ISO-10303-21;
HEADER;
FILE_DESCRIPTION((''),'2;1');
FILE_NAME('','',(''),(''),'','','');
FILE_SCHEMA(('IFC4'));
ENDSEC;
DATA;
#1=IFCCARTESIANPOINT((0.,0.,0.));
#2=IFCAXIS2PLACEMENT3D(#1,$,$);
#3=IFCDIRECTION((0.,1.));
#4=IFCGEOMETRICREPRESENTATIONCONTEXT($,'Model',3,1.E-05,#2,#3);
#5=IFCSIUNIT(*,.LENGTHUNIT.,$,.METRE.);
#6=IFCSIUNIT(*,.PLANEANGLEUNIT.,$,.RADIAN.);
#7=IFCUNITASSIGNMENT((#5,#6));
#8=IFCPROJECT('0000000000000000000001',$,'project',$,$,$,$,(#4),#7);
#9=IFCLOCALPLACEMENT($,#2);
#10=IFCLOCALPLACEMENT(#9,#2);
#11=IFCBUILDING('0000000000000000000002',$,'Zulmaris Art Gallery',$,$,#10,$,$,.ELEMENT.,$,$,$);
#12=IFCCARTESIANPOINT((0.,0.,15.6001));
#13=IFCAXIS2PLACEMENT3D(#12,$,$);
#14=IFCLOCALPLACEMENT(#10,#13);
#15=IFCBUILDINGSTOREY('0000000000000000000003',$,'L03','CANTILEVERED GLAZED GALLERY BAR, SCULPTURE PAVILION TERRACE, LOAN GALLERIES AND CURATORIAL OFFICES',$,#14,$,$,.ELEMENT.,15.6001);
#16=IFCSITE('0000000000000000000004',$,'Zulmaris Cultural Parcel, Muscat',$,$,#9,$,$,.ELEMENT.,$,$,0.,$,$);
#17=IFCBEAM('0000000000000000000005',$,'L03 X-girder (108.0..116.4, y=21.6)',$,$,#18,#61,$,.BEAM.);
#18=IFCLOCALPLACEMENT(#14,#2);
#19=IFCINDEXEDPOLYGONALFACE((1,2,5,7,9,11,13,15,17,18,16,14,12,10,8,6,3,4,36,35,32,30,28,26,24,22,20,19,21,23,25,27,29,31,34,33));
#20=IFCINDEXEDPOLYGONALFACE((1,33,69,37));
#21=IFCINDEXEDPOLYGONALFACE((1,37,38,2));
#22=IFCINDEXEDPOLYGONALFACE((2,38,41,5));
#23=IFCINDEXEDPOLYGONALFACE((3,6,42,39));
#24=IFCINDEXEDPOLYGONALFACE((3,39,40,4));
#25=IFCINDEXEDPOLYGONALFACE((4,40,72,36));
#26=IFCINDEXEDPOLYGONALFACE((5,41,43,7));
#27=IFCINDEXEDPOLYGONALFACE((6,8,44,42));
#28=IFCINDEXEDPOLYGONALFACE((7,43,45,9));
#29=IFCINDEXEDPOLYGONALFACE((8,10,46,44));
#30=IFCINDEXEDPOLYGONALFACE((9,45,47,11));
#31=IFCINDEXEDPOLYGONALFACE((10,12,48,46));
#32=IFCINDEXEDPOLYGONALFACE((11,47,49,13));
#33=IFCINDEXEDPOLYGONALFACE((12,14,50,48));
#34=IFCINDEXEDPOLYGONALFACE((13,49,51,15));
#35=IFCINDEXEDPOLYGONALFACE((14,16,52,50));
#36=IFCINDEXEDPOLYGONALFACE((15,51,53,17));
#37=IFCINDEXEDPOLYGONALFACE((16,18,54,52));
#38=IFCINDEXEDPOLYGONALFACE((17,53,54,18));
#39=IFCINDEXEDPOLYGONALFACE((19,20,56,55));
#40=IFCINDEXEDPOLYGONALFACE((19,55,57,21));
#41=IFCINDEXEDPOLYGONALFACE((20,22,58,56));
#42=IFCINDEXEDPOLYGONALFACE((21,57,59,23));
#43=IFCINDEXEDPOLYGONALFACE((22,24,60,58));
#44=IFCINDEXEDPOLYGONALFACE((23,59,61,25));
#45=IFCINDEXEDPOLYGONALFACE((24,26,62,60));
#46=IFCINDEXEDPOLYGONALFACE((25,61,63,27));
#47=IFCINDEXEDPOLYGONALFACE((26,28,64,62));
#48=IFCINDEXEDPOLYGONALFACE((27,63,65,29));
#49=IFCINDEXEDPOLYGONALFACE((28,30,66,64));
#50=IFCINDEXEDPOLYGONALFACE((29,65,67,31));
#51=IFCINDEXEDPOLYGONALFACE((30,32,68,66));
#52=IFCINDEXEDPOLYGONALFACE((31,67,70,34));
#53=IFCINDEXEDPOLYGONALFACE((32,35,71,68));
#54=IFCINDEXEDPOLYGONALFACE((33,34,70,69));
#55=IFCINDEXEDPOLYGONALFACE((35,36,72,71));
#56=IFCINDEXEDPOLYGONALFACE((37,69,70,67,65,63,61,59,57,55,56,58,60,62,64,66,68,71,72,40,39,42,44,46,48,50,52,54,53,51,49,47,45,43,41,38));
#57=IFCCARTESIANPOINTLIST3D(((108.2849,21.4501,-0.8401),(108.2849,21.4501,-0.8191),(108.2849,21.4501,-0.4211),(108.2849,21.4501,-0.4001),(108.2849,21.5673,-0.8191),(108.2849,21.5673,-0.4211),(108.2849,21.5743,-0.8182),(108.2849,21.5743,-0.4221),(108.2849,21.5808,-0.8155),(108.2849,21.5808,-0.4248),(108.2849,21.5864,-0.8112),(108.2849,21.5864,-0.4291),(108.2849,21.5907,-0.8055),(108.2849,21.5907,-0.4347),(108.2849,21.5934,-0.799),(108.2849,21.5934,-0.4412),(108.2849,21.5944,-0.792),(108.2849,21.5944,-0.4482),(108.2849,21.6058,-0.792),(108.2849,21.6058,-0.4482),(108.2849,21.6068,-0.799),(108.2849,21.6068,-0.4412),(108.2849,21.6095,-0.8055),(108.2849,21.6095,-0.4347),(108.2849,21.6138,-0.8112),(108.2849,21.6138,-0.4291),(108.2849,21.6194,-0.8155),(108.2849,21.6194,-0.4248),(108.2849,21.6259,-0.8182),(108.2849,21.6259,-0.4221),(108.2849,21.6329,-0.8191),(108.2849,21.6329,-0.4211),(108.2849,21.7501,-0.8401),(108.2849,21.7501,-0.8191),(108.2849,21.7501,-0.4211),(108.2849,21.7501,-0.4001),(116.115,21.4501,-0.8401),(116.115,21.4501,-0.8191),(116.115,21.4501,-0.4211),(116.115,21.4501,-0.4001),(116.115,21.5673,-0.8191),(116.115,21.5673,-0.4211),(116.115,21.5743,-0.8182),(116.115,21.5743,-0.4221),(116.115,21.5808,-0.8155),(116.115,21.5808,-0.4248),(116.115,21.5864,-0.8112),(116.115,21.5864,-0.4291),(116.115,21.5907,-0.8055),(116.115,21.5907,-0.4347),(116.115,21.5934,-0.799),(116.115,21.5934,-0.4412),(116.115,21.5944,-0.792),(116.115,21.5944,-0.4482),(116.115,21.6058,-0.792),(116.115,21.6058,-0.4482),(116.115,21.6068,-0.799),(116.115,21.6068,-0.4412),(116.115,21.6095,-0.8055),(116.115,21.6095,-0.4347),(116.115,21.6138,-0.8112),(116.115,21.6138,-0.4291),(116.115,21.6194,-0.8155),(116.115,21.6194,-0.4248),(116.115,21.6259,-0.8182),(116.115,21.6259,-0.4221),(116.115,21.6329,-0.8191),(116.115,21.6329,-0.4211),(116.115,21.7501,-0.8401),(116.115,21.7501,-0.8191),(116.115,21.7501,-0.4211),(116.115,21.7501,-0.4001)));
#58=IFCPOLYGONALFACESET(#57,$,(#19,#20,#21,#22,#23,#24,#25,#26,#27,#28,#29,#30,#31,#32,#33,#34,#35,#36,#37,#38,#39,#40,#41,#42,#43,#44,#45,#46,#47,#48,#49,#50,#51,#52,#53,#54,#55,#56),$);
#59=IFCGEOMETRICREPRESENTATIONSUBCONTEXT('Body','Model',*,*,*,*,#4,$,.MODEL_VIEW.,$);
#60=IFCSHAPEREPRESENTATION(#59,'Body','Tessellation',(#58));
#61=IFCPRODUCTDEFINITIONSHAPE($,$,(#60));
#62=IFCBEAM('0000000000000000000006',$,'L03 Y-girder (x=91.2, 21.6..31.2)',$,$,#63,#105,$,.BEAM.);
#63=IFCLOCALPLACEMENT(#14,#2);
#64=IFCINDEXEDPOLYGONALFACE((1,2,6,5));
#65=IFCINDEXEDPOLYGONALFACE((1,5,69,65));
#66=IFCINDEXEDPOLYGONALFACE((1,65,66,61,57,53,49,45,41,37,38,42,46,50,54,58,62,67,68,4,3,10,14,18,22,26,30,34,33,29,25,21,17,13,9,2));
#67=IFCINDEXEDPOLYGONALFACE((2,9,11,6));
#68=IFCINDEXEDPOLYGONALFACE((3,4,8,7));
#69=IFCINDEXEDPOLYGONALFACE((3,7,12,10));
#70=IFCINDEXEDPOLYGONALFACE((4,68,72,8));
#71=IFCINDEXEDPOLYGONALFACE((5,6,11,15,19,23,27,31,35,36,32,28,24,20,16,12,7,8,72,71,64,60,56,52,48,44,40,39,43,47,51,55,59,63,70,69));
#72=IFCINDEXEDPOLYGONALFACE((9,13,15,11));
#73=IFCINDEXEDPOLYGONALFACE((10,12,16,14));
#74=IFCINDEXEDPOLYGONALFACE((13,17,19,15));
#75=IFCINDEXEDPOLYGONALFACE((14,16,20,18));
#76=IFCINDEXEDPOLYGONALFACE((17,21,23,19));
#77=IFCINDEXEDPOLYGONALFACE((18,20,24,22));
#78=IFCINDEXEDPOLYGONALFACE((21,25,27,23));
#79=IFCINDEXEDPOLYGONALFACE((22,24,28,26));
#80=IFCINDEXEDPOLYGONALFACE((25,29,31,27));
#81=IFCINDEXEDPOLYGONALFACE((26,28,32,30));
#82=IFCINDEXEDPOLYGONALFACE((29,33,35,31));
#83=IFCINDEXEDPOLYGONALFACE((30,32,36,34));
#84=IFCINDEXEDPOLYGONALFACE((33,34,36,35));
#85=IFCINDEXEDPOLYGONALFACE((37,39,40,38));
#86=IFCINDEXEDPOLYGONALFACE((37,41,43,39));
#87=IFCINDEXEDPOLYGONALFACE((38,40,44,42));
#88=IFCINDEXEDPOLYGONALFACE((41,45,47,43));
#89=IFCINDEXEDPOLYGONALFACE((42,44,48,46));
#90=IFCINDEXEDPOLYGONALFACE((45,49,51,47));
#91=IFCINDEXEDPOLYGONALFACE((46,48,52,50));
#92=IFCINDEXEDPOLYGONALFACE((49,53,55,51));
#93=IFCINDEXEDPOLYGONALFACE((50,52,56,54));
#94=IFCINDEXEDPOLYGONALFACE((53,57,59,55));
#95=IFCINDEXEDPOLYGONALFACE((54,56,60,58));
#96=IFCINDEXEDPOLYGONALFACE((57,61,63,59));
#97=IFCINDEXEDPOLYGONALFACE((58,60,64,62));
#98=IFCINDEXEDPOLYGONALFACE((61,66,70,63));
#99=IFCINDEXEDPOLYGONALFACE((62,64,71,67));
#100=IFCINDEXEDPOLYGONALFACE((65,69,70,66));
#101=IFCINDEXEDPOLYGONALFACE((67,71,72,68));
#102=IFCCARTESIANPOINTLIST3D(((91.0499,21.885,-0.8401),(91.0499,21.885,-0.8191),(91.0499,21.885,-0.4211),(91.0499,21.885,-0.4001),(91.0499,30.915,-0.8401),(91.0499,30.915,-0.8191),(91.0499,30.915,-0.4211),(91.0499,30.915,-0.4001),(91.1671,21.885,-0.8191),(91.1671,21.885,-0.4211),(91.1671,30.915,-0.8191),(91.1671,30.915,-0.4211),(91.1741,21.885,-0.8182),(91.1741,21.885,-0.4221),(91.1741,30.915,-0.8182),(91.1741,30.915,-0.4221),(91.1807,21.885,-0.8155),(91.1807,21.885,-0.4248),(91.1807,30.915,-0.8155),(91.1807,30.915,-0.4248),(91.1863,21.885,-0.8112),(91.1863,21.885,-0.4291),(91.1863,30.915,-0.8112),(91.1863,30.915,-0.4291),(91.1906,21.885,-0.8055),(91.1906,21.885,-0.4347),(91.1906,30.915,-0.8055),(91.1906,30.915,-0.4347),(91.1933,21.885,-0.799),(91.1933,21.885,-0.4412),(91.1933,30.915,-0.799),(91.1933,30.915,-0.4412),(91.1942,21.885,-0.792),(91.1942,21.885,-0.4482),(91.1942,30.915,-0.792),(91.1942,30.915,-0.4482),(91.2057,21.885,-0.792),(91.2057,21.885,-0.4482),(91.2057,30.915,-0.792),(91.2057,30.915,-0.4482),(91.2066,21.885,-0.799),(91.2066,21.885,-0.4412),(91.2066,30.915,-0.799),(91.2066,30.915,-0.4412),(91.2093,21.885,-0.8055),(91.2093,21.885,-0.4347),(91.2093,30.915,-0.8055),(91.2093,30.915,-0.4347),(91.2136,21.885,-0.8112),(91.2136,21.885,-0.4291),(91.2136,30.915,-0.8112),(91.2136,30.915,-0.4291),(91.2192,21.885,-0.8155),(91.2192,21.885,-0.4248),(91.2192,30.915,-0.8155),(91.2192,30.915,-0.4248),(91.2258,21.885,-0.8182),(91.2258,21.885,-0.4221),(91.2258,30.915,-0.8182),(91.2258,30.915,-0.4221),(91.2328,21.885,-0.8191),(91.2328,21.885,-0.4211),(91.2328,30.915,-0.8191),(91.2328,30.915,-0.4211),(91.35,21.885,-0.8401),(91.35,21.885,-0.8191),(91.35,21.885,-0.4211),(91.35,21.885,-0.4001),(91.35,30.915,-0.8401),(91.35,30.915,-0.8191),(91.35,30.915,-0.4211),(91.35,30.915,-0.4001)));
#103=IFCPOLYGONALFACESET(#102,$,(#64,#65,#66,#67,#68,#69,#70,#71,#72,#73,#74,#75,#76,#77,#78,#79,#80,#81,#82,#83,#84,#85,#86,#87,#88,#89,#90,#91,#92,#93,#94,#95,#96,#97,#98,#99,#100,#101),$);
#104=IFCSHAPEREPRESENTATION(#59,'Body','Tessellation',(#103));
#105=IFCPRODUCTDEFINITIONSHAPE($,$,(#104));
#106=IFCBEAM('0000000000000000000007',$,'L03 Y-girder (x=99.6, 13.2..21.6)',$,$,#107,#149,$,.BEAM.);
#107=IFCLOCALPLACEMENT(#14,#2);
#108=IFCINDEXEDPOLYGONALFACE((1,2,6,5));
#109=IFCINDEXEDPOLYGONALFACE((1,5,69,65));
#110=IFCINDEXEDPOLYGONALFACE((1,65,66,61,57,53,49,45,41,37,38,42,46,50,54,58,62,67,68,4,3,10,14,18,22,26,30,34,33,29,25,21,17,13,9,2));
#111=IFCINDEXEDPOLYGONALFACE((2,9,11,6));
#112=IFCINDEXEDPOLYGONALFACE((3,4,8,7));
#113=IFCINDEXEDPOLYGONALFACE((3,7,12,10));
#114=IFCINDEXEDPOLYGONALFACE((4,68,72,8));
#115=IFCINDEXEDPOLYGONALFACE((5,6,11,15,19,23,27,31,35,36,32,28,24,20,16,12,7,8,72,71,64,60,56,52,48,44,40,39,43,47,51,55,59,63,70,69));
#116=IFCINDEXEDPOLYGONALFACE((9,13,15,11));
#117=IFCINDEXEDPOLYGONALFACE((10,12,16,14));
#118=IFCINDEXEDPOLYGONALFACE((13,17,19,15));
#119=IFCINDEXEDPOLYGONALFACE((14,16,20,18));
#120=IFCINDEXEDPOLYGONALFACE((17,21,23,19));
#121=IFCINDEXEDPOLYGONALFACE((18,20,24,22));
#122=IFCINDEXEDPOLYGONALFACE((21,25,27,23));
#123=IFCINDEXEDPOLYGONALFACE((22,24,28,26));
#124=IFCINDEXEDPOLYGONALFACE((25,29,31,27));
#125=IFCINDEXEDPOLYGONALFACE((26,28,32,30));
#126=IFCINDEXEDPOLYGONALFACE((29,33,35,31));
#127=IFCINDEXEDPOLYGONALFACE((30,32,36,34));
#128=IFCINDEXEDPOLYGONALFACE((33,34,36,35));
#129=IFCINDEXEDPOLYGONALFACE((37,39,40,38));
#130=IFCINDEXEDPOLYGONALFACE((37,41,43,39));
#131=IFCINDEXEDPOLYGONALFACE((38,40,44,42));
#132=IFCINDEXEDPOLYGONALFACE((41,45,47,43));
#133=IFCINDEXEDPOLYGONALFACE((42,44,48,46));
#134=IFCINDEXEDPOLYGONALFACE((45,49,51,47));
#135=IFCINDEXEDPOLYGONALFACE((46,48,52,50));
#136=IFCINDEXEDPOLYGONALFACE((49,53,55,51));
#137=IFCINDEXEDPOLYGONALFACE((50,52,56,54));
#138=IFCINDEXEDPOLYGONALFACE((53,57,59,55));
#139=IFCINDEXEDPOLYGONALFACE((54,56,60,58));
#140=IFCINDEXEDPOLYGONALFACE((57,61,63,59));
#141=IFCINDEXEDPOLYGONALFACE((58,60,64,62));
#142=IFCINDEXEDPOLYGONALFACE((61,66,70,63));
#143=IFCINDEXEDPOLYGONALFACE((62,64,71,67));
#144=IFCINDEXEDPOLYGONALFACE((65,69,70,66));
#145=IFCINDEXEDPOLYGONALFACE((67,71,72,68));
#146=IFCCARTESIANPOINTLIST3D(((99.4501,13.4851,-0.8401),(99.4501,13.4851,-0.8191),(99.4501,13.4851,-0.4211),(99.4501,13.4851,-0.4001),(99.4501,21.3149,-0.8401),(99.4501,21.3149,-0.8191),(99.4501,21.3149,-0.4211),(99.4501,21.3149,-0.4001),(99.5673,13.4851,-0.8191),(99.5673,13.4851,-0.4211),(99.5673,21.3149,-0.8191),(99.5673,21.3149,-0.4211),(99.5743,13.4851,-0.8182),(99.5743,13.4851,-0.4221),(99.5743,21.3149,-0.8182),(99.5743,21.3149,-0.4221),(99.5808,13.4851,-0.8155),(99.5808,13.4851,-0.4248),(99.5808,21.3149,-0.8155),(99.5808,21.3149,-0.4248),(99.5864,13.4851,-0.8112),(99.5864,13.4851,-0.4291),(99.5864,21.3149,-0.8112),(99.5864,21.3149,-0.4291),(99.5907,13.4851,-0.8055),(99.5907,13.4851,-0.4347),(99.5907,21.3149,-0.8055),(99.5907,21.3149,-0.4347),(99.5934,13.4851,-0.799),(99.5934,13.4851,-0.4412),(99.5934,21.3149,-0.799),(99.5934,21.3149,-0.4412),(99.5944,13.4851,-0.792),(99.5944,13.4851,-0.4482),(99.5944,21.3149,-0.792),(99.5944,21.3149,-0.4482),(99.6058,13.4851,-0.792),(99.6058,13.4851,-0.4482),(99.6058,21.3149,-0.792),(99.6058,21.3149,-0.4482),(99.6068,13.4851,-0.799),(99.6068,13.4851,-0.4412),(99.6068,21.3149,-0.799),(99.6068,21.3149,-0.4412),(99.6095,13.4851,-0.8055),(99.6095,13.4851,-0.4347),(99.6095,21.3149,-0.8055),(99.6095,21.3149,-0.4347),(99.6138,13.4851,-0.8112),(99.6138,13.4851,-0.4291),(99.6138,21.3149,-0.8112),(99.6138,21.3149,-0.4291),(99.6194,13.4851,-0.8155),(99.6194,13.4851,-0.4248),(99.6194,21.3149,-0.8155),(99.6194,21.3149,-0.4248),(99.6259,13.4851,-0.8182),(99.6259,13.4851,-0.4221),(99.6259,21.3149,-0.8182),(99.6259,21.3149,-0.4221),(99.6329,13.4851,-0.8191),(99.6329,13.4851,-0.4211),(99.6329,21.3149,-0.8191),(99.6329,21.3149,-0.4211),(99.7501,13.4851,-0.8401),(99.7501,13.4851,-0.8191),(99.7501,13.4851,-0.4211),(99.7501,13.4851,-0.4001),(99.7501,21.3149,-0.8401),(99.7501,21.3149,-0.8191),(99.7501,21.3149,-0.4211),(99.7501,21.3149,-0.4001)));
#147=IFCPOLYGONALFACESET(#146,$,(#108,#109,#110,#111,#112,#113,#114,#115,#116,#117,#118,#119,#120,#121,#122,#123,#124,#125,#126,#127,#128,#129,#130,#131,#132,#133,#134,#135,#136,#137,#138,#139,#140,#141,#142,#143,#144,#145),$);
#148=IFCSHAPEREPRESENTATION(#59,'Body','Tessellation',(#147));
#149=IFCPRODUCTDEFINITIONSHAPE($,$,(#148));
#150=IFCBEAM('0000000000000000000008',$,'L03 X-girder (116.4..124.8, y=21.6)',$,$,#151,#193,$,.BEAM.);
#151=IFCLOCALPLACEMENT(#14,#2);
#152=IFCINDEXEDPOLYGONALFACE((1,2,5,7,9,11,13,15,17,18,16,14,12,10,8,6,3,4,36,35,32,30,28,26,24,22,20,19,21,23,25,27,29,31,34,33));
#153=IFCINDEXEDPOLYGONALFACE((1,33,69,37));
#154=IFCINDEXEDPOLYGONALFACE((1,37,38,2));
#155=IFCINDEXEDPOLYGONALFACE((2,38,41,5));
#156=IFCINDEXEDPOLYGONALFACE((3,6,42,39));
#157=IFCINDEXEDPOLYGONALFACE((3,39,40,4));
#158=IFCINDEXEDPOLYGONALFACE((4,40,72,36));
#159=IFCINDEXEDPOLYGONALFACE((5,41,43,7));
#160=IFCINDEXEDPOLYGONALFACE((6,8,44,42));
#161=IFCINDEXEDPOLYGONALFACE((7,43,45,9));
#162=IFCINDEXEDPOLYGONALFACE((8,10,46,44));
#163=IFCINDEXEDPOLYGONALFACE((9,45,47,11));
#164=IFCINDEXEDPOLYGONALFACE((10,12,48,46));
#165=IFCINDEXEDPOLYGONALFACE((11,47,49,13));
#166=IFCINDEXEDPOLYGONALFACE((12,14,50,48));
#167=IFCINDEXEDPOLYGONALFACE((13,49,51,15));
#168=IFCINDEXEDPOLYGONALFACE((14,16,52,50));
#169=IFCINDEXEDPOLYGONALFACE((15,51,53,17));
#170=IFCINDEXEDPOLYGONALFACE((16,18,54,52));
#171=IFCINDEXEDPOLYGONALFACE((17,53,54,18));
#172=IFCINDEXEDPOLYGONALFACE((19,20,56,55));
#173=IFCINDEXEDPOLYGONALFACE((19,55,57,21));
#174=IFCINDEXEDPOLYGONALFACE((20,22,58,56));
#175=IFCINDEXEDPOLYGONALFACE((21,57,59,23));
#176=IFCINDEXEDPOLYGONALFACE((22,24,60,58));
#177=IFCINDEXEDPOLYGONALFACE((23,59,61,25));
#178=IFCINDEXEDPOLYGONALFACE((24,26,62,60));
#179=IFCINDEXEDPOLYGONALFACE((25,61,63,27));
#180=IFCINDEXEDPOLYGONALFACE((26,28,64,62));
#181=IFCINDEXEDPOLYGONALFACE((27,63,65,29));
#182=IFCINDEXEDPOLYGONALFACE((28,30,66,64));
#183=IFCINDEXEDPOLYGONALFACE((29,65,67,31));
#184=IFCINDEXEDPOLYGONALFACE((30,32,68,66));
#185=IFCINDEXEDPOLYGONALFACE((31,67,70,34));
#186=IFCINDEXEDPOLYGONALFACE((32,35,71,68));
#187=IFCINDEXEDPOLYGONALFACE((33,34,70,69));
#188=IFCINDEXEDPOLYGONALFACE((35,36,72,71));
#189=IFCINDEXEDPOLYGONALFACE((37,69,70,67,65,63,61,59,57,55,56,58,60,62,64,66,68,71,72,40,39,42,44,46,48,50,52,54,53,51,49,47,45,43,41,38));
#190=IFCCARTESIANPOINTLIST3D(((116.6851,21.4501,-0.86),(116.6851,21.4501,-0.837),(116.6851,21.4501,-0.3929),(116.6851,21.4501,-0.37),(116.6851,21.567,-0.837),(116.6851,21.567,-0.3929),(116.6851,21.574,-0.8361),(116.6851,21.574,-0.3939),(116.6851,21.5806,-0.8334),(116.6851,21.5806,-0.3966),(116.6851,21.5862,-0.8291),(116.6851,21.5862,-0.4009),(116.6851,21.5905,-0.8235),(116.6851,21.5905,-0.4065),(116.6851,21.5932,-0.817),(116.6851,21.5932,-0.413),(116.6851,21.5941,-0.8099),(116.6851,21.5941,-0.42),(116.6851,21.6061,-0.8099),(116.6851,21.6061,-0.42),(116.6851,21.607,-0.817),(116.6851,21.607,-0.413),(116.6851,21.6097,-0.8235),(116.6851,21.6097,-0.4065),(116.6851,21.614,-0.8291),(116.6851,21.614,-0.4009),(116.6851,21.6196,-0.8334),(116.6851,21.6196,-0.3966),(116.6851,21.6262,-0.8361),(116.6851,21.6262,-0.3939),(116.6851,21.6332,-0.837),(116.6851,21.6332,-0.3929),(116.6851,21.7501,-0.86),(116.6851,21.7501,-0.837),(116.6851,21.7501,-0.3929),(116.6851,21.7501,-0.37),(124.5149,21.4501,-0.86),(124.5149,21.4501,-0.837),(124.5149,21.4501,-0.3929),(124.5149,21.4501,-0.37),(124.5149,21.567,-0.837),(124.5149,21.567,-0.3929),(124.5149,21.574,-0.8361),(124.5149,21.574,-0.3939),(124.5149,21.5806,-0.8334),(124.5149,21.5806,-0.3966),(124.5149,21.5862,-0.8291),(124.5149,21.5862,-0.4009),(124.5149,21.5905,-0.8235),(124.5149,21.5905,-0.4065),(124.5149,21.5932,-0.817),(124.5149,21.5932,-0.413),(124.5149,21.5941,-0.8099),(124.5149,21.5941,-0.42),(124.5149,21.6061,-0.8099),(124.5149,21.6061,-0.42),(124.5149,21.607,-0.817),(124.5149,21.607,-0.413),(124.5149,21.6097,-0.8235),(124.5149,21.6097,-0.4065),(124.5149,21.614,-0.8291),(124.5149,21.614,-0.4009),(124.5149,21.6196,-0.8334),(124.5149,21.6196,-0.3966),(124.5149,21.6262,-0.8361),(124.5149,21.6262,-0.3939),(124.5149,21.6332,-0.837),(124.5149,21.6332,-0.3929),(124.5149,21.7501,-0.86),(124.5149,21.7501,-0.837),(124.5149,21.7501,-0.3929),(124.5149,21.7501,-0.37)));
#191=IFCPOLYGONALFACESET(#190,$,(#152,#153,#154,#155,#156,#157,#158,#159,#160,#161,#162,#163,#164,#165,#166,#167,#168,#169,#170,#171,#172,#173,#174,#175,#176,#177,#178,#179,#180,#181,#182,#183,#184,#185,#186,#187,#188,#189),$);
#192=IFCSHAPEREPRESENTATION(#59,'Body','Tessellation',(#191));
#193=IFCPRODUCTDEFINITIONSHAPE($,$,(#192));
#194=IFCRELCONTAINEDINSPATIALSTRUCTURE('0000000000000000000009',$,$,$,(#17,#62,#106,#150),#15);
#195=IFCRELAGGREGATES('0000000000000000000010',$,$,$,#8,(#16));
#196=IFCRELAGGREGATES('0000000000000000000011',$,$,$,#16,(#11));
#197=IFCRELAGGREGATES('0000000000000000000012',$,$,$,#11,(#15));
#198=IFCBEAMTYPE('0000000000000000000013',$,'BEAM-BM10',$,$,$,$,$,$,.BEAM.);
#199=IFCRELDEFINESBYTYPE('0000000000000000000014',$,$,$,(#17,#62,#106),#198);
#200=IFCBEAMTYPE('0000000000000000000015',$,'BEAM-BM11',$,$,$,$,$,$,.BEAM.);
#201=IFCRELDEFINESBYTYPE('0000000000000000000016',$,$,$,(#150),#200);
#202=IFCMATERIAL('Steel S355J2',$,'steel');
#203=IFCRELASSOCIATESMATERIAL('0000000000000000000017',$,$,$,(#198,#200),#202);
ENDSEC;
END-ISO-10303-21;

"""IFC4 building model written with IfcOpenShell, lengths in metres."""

from ifc_helpers import new_model, si_unit, direction, frame, origin, origin_2d, place, context, subcontext, project, spatial, i_section, extrude, material, material_profile, profile_set, type_object, element, save


model = new_model("IFC4")

# Units and contexts
model_context = context("Model", 3, precision=1e-05, world=origin(), true_north=direction((0.0, 1.0)))
body_context = subcontext(model_context, "Body", "Model", "MODEL_VIEW")
ifc_project = project(units=[si_unit("LENGTHUNIT", "METRE"), si_unit("PLANEANGLEUNIT", "RADIAN")], contexts=[model_context])

# Site, building, storey
site_placement = place(None, origin())
site = spatial("IfcSite", under=ifc_project, at=site_placement, Name="Zulmaris Cultural Parcel, Muscat", CompositionType="ELEMENT", RefElevation=0.0)
building_placement = place(site_placement, origin())
building = spatial("IfcBuilding", under=site, at=building_placement, Name="Zulmaris Art Gallery", CompositionType="ELEMENT")
storey_placement = place(building_placement, frame((0.0, 0.0, 15.6001)))
storey = spatial("IfcBuildingStorey", under=building, at=storey_placement, Name="L03", Description="CANTILEVERED GLAZED GALLERY BAR, SCULPTURE PAVILION TERRACE, LOAN GALLERIES AND CURATORIAL OFFICES", CompositionType="ELEMENT", Elevation=15.6001)

# Beams
ifc_material_1 = material(Name="Steel S355J2", Category="steel")
ifc_material_profile_1 = material_profile(ifc_material_1, i_section(OverallWidth=0.3, OverallDepth=0.4399, WebThickness=0.0115, FlangeThickness=0.021, FilletRadius=0.0271, at=origin_2d()), Name="HEA 450")
ifc_profile_set_1 = profile_set([ifc_material_profile_1], Name="Steel S355J2")
beam_type_1 = type_object("IfcBeamType", Name="BEAM-BM10", PredefinedType="BEAM", material=ifc_profile_set_1)
beam_1_placement = place(storey_placement, frame((108.2849, 21.6001, -0.6201), z_axis=(1.0, 0.0, 0.0), x_axis=(0.0, 1.0, 0.0)))
element("IfcBeam", 1, at=beam_1_placement, inside=storey, type_object=beam_type_1, Name="L03 X-girder (108.0..116.4, y=21.6)", PredefinedType="BEAM", context=body_context, shape_type="SweptSolid", body=[
    extrude(i_section(OverallWidth=0.3, OverallDepth=0.4399, WebThickness=0.0115, FlangeThickness=0.021, FilletRadius=0.0271, at=origin_2d()), origin(), (0.0, 0.0, 1.0), 7.8301),
])
beam_2_placement = place(storey_placement, frame((91.2, 21.885, -0.6201), z_axis=(0.0, 1.0, 0.0), x_axis=(-1.0, 0.0, 0.0)))
element("IfcBeam", 2, at=beam_2_placement, inside=storey, type_object=beam_type_1, Name="L03 Y-girder (x=91.2, 21.6..31.2)", PredefinedType="BEAM", context=body_context, shape_type="SweptSolid", body=[
    extrude(i_section(OverallWidth=0.3, OverallDepth=0.4399, WebThickness=0.0115, FlangeThickness=0.021, FilletRadius=0.0271, at=origin_2d()), origin(), (0.0, 0.0, 1.0), 9.03),
])
beam_3_placement = place(storey_placement, frame((99.6001, 13.4851, -0.6201), z_axis=(0.0, 1.0, 0.0), x_axis=(-1.0, 0.0, 0.0)))
element("IfcBeam", 3, at=beam_3_placement, inside=storey, type_object=beam_type_1, Name="L03 Y-girder (x=99.6, 13.2..21.6)", PredefinedType="BEAM", context=body_context, shape_type="SweptSolid", body=[
    extrude(i_section(OverallWidth=0.3, OverallDepth=0.4399, WebThickness=0.0115, FlangeThickness=0.021, FilletRadius=0.0271, at=origin_2d()), origin(), (0.0, 0.0, 1.0), 7.8298),
])
ifc_material_profile_2 = material_profile(ifc_material_1, i_section(OverallWidth=0.3, OverallDepth=0.49, WebThickness=0.012, FlangeThickness=0.0229, FilletRadius=0.0271, at=origin_2d()), Name="HEA 500")
ifc_profile_set_2 = profile_set([ifc_material_profile_2], Name="Steel S355J2")
beam_type_2 = type_object("IfcBeamType", Name="BEAM-BM11", PredefinedType="BEAM", material=ifc_profile_set_2)
for number, where, z_axis, x_axis, name in (
    (4, (116.6851, 21.6001, -0.615), (1.0, 0.0, 0.0), (0.0, 1.0, 0.0), "L03 X-girder (116.4..124.8, y=21.6)"),
):
    element("IfcBeam", number, at=place(storey_placement, frame(where, z_axis=z_axis, x_axis=x_axis)), inside=storey, type_object=beam_type_2, Name=name, PredefinedType="BEAM", context=body_context, shape_type="SweptSolid", body=[
        extrude(i_section(OverallWidth=0.3, OverallDepth=0.49, WebThickness=0.012, FlangeThickness=0.0229, FilletRadius=0.0271, at=origin_2d()), origin(), (0.0, 0.0, 1.0), 7.8298),
    ])

save(model, "model.ifc")
